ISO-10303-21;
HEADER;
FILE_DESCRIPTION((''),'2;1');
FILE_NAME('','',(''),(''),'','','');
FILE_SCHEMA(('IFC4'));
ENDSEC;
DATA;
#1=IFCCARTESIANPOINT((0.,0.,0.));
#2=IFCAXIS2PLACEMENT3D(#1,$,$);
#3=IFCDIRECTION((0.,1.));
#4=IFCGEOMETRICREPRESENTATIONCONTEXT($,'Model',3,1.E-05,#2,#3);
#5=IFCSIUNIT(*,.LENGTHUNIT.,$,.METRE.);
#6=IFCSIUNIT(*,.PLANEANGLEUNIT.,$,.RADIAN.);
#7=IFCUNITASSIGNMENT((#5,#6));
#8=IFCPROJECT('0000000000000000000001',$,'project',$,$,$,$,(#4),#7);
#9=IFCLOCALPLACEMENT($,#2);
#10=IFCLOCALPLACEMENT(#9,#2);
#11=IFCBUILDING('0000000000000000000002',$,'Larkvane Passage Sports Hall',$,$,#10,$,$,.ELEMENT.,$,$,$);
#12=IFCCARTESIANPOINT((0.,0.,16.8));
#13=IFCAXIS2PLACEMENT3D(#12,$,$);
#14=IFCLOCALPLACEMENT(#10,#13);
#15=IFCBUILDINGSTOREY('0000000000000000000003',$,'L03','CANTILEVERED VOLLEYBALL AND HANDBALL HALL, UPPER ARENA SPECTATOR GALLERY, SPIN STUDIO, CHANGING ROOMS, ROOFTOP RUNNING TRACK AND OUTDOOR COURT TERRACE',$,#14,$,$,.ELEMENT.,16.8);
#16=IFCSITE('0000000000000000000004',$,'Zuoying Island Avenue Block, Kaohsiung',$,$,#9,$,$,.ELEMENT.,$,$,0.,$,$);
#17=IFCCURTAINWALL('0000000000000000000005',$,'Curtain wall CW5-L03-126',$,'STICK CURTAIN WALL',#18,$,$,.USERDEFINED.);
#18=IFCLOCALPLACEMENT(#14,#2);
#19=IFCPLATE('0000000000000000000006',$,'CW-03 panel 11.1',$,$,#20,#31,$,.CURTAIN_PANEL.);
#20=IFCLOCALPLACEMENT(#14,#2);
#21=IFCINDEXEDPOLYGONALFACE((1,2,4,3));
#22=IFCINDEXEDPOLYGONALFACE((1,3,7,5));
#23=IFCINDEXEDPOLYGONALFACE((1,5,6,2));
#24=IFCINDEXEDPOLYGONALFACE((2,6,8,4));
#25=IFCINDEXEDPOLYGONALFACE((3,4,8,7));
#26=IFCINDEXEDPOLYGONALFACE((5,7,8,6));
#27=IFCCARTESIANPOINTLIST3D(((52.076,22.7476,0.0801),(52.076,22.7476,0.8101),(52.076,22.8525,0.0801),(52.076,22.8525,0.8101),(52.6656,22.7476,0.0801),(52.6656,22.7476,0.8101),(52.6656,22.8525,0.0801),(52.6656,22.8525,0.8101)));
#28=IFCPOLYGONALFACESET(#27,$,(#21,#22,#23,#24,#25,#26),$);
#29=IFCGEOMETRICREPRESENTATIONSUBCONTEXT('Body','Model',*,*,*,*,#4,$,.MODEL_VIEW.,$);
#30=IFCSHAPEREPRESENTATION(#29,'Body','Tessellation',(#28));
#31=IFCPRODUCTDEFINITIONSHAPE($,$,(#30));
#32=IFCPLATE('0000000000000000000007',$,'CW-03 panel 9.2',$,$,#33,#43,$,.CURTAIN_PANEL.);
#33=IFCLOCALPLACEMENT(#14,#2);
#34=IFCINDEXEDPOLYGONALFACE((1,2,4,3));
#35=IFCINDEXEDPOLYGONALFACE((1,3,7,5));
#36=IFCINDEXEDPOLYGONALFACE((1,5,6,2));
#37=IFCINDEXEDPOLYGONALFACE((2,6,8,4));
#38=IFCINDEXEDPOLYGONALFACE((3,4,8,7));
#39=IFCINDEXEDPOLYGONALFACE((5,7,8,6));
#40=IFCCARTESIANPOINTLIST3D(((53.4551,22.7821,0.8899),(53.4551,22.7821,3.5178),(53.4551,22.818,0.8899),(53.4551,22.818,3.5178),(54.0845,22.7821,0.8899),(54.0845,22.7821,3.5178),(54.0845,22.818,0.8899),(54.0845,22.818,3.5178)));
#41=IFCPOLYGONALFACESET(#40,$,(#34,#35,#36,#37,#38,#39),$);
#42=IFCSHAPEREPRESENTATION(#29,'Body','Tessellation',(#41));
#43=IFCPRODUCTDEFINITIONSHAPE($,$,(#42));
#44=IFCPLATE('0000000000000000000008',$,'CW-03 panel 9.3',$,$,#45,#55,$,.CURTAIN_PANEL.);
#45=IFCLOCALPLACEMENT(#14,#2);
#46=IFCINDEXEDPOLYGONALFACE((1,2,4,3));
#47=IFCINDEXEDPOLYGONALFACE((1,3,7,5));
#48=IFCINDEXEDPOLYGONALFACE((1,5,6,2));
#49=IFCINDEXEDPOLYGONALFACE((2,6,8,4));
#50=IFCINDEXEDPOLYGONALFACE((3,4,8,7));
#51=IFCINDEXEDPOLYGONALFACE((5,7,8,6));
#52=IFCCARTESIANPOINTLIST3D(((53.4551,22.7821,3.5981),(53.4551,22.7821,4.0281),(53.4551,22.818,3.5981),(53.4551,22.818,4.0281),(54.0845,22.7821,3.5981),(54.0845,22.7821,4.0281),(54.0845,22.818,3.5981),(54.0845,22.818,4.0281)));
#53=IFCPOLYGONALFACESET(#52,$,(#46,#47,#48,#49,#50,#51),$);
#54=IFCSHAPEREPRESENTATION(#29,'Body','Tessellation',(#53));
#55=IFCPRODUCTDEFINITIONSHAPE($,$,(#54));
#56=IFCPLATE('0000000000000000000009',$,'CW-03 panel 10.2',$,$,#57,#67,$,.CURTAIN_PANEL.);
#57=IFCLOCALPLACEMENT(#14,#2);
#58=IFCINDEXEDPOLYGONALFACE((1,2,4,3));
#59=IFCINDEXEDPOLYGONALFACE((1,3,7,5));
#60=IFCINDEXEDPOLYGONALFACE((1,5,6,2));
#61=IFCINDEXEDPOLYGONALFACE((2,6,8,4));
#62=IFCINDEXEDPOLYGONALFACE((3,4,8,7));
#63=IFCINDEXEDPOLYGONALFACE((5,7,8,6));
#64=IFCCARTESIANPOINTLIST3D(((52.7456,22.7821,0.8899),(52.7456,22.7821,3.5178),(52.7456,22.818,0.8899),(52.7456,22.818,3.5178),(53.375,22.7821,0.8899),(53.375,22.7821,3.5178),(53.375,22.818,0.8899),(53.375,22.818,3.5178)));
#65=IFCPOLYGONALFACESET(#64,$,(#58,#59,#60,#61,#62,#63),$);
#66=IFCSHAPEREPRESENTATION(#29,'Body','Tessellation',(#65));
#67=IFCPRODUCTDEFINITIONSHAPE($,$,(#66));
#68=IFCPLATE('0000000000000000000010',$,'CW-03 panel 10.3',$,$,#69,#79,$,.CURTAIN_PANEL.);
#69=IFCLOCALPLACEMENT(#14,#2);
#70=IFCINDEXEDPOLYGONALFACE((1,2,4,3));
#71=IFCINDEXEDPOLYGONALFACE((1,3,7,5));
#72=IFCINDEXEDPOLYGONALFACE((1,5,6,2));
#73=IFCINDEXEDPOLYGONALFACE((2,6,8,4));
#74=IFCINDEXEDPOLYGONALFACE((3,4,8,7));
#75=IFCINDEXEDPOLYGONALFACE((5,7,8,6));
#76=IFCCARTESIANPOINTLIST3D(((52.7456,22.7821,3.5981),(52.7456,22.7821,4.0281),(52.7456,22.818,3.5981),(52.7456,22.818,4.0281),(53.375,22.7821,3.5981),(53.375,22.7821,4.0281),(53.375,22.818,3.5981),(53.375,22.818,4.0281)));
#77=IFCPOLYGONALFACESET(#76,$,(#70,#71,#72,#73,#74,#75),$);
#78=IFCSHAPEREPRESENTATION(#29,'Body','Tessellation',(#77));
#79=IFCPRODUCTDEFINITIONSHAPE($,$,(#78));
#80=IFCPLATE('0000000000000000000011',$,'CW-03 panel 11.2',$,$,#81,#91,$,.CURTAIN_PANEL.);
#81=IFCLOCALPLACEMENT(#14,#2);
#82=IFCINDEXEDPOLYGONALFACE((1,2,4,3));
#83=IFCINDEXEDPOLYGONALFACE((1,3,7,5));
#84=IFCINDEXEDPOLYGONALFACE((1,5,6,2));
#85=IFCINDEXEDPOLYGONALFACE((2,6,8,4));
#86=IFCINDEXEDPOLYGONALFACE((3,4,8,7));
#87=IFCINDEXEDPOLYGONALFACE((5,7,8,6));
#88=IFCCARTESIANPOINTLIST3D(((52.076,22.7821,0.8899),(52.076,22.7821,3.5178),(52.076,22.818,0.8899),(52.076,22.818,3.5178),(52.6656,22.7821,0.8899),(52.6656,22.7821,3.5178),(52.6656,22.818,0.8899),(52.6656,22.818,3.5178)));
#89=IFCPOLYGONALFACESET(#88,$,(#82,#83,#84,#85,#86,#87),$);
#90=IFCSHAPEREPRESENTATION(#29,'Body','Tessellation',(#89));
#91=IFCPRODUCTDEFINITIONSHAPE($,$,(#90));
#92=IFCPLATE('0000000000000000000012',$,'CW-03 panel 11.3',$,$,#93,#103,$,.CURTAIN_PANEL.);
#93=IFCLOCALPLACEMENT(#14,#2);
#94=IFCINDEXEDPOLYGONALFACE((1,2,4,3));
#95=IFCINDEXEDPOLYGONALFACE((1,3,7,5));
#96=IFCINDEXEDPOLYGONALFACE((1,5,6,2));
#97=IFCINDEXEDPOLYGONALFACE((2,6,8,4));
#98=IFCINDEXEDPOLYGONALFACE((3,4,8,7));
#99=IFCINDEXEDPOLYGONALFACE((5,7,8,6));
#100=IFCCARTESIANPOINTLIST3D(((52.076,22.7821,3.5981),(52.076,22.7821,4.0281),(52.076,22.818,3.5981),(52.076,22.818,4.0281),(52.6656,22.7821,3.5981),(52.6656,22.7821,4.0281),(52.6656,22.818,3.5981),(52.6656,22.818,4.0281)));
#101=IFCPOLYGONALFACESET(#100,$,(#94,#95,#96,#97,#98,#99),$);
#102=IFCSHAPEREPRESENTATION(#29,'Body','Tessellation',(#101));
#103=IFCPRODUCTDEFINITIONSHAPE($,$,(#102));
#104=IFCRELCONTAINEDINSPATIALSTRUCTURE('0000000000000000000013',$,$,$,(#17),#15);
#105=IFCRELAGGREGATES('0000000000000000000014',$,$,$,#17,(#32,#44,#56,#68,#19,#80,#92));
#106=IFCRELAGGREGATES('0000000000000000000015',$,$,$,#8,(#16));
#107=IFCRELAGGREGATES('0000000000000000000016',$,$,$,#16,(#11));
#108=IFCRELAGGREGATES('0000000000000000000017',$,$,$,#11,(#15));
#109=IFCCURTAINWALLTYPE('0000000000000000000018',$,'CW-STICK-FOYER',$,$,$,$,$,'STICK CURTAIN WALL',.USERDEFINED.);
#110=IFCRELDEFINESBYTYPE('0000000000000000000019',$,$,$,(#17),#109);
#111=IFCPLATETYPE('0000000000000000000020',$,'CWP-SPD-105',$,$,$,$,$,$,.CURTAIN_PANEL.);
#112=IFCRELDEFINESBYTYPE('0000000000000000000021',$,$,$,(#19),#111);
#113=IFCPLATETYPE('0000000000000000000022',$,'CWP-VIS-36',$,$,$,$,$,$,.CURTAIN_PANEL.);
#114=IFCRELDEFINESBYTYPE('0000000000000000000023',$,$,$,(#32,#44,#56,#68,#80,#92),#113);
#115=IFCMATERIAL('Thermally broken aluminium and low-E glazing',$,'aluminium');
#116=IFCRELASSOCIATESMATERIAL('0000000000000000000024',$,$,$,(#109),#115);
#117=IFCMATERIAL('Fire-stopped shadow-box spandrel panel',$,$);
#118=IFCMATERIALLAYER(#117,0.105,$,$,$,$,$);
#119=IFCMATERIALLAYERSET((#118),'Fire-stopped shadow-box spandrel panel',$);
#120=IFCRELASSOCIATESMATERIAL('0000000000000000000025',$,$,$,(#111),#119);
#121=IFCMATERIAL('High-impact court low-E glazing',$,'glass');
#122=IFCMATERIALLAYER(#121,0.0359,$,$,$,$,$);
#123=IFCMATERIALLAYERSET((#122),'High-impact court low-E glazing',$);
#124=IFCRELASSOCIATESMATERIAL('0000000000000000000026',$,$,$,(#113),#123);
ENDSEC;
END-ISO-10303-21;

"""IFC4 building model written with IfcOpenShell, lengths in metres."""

from ifc_helpers import new_model, si_unit, direction, frame, origin, origin_2d, place, context, subcontext, project, spatial, rectangle, extrude, material, layer, layer_set, type_object, element, aggregate, save


model = new_model("IFC4")

# Units and contexts
model_context = context("Model", 3, precision=1e-05, world=origin(), true_north=direction((0.0, 1.0)))
body_context = subcontext(model_context, "Body", "Model", "MODEL_VIEW")
ifc_project = project(units=[si_unit("LENGTHUNIT", "METRE"), si_unit("PLANEANGLEUNIT", "RADIAN")], contexts=[model_context])

# Site, building, storey
site_placement = place(None, origin())
site = spatial("IfcSite", under=ifc_project, at=site_placement, Name="Zuoying Island Avenue Block, Kaohsiung", CompositionType="ELEMENT", RefElevation=0.0)
building_placement = place(site_placement, origin())
building = spatial("IfcBuilding", under=site, at=building_placement, Name="Larkvane Passage Sports Hall", CompositionType="ELEMENT")
storey_placement = place(building_placement, frame((0.0, 0.0, 16.8)))
storey = spatial("IfcBuildingStorey", under=building, at=storey_placement, Name="L03", Description="CANTILEVERED VOLLEYBALL AND HANDBALL HALL, UPPER ARENA SPECTATOR GALLERY, SPIN STUDIO, CHANGING ROOMS, ROOFTOP RUNNING TRACK AND OUTDOOR COURT TERRACE", CompositionType="ELEMENT", Elevation=16.8)

# Curtain wall
ifc_material_1 = material(Name="Thermally broken aluminium and low-E glazing", Category="aluminium")
curtain_wall_type = type_object("IfcCurtainWallType", Name="CW-STICK-FOYER", ElementType="STICK CURTAIN WALL", PredefinedType="USERDEFINED", material=ifc_material_1)
curtain_wall_placement = place(storey_placement, origin())
curtain_wall = element("IfcCurtainWall", 1, at=curtain_wall_placement, inside=storey, type_object=curtain_wall_type, Name="Curtain wall CW5-L03-126", ObjectType="STICK CURTAIN WALL", PredefinedType="USERDEFINED")

# Plates
ifc_material_2 = material(Name="Fire-stopped shadow-box spandrel panel")
ifc_layer_1 = layer(ifc_material_2, 0.105)
ifc_layer_set_1 = layer_set([ifc_layer_1], Name="Fire-stopped shadow-box spandrel panel")
plate_type_1 = type_object("IfcPlateType", Name="CWP-SPD-105", PredefinedType="CURTAIN_PANEL", material=ifc_layer_set_1)
plate_1_placement = place(storey_placement, frame((52.3708, 22.8, 0.0801), z_axis=(0.0, 0.0, 1.0), x_axis=(-1.0, 0.0, 0.0)))
plate_1 = element("IfcPlate", 2, at=plate_1_placement, type_object=plate_type_1, Name="CW-03 panel 11.1", PredefinedType="CURTAIN_PANEL", context=body_context, shape_type="SweptSolid", body=[
    extrude(rectangle(XDim=0.5896, YDim=0.105, at=origin_2d()), origin(), (0.0, 0.0, 1.0), 0.73),
])
ifc_material_3 = material(Name="High-impact court low-E glazing", Category="glass")
ifc_layer_2 = layer(ifc_material_3, 0.0359)
ifc_layer_set_2 = layer_set([ifc_layer_2], Name="High-impact court low-E glazing")
plate_type_2 = type_object("IfcPlateType", Name="CWP-VIS-36", PredefinedType="CURTAIN_PANEL", material=ifc_layer_set_2)
plate_2_placement = place(storey_placement, frame((53.7698, 22.8, 0.8899), z_axis=(0.0, 0.0, 1.0), x_axis=(-1.0, 0.0, 0.0)))
plate_2 = element("IfcPlate", 3, at=plate_2_placement, type_object=plate_type_2, Name="CW-03 panel 9.2", PredefinedType="CURTAIN_PANEL", context=body_context, shape_type="SweptSolid", body=[
    extrude(rectangle(XDim=0.6294, YDim=0.0359, at=origin_2d()), origin(), (0.0, 0.0, 1.0), 2.6279),
])
plate_3_placement = place(storey_placement, frame((53.7698, 22.8, 3.5981), z_axis=(0.0, 0.0, 1.0), x_axis=(-1.0, 0.0, 0.0)))
plate_3 = element("IfcPlate", 4, at=plate_3_placement, type_object=plate_type_2, Name="CW-03 panel 9.3", PredefinedType="CURTAIN_PANEL", context=body_context, shape_type="SweptSolid", body=[
    extrude(rectangle(XDim=0.6294, YDim=0.0359, at=origin_2d()), origin(), (0.0, 0.0, 1.0), 0.4299),
])
plate_4_placement = place(storey_placement, frame((53.0603, 22.8, 0.8899), z_axis=(0.0, 0.0, 1.0), x_axis=(-1.0, 0.0, 0.0)))
plate_4 = element("IfcPlate", 5, at=plate_4_placement, type_object=plate_type_2, Name="CW-03 panel 10.2", PredefinedType="CURTAIN_PANEL", context=body_context, shape_type="SweptSolid", body=[
    extrude(rectangle(XDim=0.6294, YDim=0.0359, at=origin_2d()), origin(), (0.0, 0.0, 1.0), 2.6279),
])
plate_5_placement = place(storey_placement, frame((53.0603, 22.8, 3.5981), z_axis=(0.0, 0.0, 1.0), x_axis=(-1.0, 0.0, 0.0)))
plate_5 = element("IfcPlate", 6, at=plate_5_placement, type_object=plate_type_2, Name="CW-03 panel 10.3", PredefinedType="CURTAIN_PANEL", context=body_context, shape_type="SweptSolid", body=[
    extrude(rectangle(XDim=0.6294, YDim=0.0359, at=origin_2d()), origin(), (0.0, 0.0, 1.0), 0.4299),
])
plate_6_placement = place(storey_placement, frame((52.3708, 22.8, 0.8899), z_axis=(0.0, 0.0, 1.0), x_axis=(-1.0, 0.0, 0.0)))
plate_6 = element("IfcPlate", 7, at=plate_6_placement, type_object=plate_type_2, Name="CW-03 panel 11.2", PredefinedType="CURTAIN_PANEL", context=body_context, shape_type="SweptSolid", body=[
    extrude(rectangle(XDim=0.5896, YDim=0.0359, at=origin_2d()), origin(), (0.0, 0.0, 1.0), 2.6279),
])
plate_7_placement = place(storey_placement, frame((52.3708, 22.8, 3.5981), z_axis=(0.0, 0.0, 1.0), x_axis=(-1.0, 0.0, 0.0)))
plate_7 = element("IfcPlate", 8, at=plate_7_placement, type_object=plate_type_2, Name="CW-03 panel 11.3", PredefinedType="CURTAIN_PANEL", context=body_context, shape_type="SweptSolid", body=[
    extrude(rectangle(XDim=0.5896, YDim=0.0359, at=origin_2d()), origin(), (0.0, 0.0, 1.0), 0.4299),
])
aggregate(curtain_wall, [plate_2, plate_3, plate_4, plate_5, plate_1, plate_6, plate_7])

save(model, "model.ifc")
